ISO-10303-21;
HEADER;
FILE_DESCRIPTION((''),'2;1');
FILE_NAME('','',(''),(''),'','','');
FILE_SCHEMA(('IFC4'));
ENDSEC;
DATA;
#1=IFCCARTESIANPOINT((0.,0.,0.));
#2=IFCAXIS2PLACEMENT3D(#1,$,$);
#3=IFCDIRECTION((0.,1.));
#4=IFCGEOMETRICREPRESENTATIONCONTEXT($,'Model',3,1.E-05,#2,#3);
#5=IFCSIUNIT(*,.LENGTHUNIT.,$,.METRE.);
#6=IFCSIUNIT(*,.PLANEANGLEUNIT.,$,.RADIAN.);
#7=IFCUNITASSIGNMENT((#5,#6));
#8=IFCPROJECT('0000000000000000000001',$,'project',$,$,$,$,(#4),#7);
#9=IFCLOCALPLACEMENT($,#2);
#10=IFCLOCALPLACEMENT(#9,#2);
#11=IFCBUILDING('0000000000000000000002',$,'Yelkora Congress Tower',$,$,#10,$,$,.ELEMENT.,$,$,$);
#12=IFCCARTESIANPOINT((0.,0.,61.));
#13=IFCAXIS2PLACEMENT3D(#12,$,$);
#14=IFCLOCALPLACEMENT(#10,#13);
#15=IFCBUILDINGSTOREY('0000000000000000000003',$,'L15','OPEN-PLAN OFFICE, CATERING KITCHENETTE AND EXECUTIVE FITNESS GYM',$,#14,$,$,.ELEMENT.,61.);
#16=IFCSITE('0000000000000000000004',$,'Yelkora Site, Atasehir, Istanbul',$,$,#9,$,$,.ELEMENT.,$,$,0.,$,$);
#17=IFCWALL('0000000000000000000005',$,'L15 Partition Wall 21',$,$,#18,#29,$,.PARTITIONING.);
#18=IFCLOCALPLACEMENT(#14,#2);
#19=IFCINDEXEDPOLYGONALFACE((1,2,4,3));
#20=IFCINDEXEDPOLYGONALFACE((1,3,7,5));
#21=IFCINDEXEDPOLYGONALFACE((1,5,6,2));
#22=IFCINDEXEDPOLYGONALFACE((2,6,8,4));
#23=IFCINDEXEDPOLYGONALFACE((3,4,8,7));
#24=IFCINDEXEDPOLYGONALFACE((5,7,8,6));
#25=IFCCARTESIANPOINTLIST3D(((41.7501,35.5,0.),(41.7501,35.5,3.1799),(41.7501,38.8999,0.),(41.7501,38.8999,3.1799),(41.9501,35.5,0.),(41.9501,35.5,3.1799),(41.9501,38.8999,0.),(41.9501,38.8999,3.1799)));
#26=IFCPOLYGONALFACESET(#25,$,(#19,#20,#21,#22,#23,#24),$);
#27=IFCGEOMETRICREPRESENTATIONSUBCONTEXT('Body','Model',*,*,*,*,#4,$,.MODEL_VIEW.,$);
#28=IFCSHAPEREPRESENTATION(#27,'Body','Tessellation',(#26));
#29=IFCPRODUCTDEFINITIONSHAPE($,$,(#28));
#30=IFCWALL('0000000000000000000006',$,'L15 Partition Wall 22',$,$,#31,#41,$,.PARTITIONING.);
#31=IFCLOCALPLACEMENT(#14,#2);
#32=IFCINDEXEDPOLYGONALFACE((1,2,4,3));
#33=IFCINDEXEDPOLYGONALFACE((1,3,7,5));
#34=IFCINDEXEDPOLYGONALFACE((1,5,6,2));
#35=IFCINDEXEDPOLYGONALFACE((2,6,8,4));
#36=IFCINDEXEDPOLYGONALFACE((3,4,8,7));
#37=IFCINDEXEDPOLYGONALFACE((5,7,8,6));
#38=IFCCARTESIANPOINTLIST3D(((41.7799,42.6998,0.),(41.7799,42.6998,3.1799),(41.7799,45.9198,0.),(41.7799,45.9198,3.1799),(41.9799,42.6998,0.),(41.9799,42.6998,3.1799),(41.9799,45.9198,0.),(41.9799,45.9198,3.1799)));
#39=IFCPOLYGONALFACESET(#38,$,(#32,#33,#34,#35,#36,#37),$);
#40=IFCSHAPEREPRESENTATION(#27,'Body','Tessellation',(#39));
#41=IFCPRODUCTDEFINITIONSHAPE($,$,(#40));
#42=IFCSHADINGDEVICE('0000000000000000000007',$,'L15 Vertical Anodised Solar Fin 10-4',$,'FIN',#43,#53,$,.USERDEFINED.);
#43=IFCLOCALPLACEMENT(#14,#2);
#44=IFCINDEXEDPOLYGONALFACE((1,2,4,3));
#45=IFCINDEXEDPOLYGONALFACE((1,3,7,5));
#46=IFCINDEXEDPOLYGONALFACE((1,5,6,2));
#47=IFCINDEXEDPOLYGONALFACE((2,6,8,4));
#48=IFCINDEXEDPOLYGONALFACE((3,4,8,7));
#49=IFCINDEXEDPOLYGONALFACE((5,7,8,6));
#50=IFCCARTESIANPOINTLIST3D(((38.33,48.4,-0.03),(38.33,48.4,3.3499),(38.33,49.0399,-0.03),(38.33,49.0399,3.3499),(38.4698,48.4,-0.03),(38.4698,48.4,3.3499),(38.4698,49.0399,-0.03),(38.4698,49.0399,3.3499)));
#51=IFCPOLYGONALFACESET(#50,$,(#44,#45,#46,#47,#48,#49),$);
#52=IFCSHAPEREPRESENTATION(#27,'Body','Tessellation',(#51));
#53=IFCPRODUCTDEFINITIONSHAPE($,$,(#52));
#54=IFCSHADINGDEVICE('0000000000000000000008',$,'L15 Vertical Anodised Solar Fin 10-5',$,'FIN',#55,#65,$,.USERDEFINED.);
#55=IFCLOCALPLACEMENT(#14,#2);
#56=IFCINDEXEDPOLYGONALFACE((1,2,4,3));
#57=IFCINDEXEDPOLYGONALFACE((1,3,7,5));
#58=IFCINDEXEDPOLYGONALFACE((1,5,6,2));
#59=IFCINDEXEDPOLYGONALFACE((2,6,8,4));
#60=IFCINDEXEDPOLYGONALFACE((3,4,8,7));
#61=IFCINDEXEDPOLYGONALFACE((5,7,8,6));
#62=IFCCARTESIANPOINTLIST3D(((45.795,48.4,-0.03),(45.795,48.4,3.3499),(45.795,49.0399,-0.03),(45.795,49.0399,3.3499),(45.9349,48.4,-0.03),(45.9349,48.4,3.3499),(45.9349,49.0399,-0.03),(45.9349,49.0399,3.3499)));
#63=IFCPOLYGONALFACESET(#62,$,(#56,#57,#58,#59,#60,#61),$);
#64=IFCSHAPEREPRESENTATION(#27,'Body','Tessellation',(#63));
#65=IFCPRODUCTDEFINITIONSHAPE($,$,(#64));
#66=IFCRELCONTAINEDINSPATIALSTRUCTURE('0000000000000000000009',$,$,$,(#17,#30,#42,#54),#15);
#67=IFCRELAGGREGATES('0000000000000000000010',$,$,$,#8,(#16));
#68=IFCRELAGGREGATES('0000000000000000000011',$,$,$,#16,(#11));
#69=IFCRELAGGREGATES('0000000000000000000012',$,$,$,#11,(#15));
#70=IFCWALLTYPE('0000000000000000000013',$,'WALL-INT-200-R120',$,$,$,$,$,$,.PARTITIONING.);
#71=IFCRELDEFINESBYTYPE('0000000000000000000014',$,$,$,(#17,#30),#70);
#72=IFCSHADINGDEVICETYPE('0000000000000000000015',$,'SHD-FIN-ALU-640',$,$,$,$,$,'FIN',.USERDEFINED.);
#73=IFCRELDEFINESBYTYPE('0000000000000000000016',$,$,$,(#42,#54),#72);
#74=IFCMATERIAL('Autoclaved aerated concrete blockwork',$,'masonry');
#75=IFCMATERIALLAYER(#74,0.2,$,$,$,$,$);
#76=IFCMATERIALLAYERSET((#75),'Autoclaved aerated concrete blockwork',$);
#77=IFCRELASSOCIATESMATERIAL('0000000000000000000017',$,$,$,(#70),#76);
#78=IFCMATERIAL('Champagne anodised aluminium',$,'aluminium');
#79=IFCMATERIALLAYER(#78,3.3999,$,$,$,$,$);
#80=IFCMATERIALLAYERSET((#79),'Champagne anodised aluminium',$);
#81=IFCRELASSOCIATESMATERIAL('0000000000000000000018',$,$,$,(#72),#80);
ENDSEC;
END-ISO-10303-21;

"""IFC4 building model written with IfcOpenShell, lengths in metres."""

from ifc_helpers import new_model, si_unit, direction, frame, frame_2d, origin, origin_2d, place, context, subcontext, project, spatial, rectangle, extrude, material, layer, layer_set, type_object, element, save


model = new_model("IFC4")

# Units and contexts
model_context = context("Model", 3, precision=1e-05, world=origin(), true_north=direction((0.0, 1.0)))
body_context = subcontext(model_context, "Body", "Model", "MODEL_VIEW")
ifc_project = project(units=[si_unit("LENGTHUNIT", "METRE"), si_unit("PLANEANGLEUNIT", "RADIAN")], contexts=[model_context])

# Site, building, storey
site_placement = place(None, origin())
site = spatial("IfcSite", under=ifc_project, at=site_placement, Name="Yelkora Site, Atasehir, Istanbul", CompositionType="ELEMENT", RefElevation=0.0)
building_placement = place(site_placement, origin())
building = spatial("IfcBuilding", under=site, at=building_placement, Name="Yelkora Congress Tower", CompositionType="ELEMENT")
storey_placement = place(building_placement, frame((0.0, 0.0, 61.0)))
storey = spatial("IfcBuildingStorey", under=building, at=storey_placement, Name="L15", Description="OPEN-PLAN OFFICE, CATERING KITCHENETTE AND EXECUTIVE FITNESS GYM", CompositionType="ELEMENT", Elevation=61.0)

# Walls
ifc_material_1 = material(Name="Autoclaved aerated concrete blockwork", Category="masonry")
ifc_layer_1 = layer(ifc_material_1, 0.2)
ifc_layer_set_1 = layer_set([ifc_layer_1], Name="Autoclaved aerated concrete blockwork")
wall_type_1 = type_object("IfcWallType", Name="WALL-INT-200-R120", PredefinedType="PARTITIONING", material=ifc_layer_set_1)
wall_1_placement = place(storey_placement, frame((41.8501, 35.5, 0.0), z_axis=(0.0, 0.0, 1.0), x_axis=(0.0, 1.0, 0.0)))
element("IfcWall", 1, at=wall_1_placement, inside=storey, type_object=wall_type_1, Name="L15 Partition Wall 21", PredefinedType="PARTITIONING", context=body_context, shape_type="SweptSolid", body=[
    extrude(rectangle(XDim=3.3999, YDim=0.2, at=frame_2d((1.7, 0.0))), origin(), (0.0, 0.0, 1.0), 3.1799),
])
wall_2_placement = place(storey_placement, frame((41.8799, 42.7, 0.0), z_axis=(0.0, 0.0, 1.0), x_axis=(0.0, 1.0, 0.0)))
element("IfcWall", 2, at=wall_2_placement, inside=storey, type_object=wall_type_1, Name="L15 Partition Wall 22", PredefinedType="PARTITIONING", context=body_context, shape_type="SweptSolid", body=[
    extrude(rectangle(XDim=3.22, YDim=0.2, at=frame_2d((1.6099, 0.0))), origin(), (0.0, 0.0, 1.0), 3.1799),
])

# Shading devices
ifc_material_2 = material(Name="Champagne anodised aluminium", Category="aluminium")
ifc_layer_2 = layer(ifc_material_2, 3.3999)
ifc_layer_set_2 = layer_set([ifc_layer_2], Name="Champagne anodised aluminium")
shading_device_type = type_object("IfcShadingDeviceType", Name="SHD-FIN-ALU-640", ElementType="FIN", PredefinedType="USERDEFINED", material=ifc_layer_set_2)
for number, where, z_axis, x_axis, name in (
    (3, (38.3999, 48.72, -0.03), (0.0, 0.0, 1.0), (1.0, 0.0, 0.0), "L15 Vertical Anodised Solar Fin 10-4"),
    (4, (45.865, 48.72, -0.03), (0.0, 0.0, 1.0), (1.0, 0.0, 0.0), "L15 Vertical Anodised Solar Fin 10-5"),
):
    element("IfcShadingDevice", number, at=place(storey_placement, frame(where, z_axis=z_axis, x_axis=x_axis)), inside=storey, type_object=shading_device_type, Name=name, ObjectType="FIN", PredefinedType="USERDEFINED", context=body_context, shape_type="SweptSolid", body=[
        extrude(rectangle(XDim=0.1399, YDim=0.6399, at=origin_2d()), origin(), (0.0, 0.0, 1.0), 3.3799),
    ])

save(model, "model.ifc")
